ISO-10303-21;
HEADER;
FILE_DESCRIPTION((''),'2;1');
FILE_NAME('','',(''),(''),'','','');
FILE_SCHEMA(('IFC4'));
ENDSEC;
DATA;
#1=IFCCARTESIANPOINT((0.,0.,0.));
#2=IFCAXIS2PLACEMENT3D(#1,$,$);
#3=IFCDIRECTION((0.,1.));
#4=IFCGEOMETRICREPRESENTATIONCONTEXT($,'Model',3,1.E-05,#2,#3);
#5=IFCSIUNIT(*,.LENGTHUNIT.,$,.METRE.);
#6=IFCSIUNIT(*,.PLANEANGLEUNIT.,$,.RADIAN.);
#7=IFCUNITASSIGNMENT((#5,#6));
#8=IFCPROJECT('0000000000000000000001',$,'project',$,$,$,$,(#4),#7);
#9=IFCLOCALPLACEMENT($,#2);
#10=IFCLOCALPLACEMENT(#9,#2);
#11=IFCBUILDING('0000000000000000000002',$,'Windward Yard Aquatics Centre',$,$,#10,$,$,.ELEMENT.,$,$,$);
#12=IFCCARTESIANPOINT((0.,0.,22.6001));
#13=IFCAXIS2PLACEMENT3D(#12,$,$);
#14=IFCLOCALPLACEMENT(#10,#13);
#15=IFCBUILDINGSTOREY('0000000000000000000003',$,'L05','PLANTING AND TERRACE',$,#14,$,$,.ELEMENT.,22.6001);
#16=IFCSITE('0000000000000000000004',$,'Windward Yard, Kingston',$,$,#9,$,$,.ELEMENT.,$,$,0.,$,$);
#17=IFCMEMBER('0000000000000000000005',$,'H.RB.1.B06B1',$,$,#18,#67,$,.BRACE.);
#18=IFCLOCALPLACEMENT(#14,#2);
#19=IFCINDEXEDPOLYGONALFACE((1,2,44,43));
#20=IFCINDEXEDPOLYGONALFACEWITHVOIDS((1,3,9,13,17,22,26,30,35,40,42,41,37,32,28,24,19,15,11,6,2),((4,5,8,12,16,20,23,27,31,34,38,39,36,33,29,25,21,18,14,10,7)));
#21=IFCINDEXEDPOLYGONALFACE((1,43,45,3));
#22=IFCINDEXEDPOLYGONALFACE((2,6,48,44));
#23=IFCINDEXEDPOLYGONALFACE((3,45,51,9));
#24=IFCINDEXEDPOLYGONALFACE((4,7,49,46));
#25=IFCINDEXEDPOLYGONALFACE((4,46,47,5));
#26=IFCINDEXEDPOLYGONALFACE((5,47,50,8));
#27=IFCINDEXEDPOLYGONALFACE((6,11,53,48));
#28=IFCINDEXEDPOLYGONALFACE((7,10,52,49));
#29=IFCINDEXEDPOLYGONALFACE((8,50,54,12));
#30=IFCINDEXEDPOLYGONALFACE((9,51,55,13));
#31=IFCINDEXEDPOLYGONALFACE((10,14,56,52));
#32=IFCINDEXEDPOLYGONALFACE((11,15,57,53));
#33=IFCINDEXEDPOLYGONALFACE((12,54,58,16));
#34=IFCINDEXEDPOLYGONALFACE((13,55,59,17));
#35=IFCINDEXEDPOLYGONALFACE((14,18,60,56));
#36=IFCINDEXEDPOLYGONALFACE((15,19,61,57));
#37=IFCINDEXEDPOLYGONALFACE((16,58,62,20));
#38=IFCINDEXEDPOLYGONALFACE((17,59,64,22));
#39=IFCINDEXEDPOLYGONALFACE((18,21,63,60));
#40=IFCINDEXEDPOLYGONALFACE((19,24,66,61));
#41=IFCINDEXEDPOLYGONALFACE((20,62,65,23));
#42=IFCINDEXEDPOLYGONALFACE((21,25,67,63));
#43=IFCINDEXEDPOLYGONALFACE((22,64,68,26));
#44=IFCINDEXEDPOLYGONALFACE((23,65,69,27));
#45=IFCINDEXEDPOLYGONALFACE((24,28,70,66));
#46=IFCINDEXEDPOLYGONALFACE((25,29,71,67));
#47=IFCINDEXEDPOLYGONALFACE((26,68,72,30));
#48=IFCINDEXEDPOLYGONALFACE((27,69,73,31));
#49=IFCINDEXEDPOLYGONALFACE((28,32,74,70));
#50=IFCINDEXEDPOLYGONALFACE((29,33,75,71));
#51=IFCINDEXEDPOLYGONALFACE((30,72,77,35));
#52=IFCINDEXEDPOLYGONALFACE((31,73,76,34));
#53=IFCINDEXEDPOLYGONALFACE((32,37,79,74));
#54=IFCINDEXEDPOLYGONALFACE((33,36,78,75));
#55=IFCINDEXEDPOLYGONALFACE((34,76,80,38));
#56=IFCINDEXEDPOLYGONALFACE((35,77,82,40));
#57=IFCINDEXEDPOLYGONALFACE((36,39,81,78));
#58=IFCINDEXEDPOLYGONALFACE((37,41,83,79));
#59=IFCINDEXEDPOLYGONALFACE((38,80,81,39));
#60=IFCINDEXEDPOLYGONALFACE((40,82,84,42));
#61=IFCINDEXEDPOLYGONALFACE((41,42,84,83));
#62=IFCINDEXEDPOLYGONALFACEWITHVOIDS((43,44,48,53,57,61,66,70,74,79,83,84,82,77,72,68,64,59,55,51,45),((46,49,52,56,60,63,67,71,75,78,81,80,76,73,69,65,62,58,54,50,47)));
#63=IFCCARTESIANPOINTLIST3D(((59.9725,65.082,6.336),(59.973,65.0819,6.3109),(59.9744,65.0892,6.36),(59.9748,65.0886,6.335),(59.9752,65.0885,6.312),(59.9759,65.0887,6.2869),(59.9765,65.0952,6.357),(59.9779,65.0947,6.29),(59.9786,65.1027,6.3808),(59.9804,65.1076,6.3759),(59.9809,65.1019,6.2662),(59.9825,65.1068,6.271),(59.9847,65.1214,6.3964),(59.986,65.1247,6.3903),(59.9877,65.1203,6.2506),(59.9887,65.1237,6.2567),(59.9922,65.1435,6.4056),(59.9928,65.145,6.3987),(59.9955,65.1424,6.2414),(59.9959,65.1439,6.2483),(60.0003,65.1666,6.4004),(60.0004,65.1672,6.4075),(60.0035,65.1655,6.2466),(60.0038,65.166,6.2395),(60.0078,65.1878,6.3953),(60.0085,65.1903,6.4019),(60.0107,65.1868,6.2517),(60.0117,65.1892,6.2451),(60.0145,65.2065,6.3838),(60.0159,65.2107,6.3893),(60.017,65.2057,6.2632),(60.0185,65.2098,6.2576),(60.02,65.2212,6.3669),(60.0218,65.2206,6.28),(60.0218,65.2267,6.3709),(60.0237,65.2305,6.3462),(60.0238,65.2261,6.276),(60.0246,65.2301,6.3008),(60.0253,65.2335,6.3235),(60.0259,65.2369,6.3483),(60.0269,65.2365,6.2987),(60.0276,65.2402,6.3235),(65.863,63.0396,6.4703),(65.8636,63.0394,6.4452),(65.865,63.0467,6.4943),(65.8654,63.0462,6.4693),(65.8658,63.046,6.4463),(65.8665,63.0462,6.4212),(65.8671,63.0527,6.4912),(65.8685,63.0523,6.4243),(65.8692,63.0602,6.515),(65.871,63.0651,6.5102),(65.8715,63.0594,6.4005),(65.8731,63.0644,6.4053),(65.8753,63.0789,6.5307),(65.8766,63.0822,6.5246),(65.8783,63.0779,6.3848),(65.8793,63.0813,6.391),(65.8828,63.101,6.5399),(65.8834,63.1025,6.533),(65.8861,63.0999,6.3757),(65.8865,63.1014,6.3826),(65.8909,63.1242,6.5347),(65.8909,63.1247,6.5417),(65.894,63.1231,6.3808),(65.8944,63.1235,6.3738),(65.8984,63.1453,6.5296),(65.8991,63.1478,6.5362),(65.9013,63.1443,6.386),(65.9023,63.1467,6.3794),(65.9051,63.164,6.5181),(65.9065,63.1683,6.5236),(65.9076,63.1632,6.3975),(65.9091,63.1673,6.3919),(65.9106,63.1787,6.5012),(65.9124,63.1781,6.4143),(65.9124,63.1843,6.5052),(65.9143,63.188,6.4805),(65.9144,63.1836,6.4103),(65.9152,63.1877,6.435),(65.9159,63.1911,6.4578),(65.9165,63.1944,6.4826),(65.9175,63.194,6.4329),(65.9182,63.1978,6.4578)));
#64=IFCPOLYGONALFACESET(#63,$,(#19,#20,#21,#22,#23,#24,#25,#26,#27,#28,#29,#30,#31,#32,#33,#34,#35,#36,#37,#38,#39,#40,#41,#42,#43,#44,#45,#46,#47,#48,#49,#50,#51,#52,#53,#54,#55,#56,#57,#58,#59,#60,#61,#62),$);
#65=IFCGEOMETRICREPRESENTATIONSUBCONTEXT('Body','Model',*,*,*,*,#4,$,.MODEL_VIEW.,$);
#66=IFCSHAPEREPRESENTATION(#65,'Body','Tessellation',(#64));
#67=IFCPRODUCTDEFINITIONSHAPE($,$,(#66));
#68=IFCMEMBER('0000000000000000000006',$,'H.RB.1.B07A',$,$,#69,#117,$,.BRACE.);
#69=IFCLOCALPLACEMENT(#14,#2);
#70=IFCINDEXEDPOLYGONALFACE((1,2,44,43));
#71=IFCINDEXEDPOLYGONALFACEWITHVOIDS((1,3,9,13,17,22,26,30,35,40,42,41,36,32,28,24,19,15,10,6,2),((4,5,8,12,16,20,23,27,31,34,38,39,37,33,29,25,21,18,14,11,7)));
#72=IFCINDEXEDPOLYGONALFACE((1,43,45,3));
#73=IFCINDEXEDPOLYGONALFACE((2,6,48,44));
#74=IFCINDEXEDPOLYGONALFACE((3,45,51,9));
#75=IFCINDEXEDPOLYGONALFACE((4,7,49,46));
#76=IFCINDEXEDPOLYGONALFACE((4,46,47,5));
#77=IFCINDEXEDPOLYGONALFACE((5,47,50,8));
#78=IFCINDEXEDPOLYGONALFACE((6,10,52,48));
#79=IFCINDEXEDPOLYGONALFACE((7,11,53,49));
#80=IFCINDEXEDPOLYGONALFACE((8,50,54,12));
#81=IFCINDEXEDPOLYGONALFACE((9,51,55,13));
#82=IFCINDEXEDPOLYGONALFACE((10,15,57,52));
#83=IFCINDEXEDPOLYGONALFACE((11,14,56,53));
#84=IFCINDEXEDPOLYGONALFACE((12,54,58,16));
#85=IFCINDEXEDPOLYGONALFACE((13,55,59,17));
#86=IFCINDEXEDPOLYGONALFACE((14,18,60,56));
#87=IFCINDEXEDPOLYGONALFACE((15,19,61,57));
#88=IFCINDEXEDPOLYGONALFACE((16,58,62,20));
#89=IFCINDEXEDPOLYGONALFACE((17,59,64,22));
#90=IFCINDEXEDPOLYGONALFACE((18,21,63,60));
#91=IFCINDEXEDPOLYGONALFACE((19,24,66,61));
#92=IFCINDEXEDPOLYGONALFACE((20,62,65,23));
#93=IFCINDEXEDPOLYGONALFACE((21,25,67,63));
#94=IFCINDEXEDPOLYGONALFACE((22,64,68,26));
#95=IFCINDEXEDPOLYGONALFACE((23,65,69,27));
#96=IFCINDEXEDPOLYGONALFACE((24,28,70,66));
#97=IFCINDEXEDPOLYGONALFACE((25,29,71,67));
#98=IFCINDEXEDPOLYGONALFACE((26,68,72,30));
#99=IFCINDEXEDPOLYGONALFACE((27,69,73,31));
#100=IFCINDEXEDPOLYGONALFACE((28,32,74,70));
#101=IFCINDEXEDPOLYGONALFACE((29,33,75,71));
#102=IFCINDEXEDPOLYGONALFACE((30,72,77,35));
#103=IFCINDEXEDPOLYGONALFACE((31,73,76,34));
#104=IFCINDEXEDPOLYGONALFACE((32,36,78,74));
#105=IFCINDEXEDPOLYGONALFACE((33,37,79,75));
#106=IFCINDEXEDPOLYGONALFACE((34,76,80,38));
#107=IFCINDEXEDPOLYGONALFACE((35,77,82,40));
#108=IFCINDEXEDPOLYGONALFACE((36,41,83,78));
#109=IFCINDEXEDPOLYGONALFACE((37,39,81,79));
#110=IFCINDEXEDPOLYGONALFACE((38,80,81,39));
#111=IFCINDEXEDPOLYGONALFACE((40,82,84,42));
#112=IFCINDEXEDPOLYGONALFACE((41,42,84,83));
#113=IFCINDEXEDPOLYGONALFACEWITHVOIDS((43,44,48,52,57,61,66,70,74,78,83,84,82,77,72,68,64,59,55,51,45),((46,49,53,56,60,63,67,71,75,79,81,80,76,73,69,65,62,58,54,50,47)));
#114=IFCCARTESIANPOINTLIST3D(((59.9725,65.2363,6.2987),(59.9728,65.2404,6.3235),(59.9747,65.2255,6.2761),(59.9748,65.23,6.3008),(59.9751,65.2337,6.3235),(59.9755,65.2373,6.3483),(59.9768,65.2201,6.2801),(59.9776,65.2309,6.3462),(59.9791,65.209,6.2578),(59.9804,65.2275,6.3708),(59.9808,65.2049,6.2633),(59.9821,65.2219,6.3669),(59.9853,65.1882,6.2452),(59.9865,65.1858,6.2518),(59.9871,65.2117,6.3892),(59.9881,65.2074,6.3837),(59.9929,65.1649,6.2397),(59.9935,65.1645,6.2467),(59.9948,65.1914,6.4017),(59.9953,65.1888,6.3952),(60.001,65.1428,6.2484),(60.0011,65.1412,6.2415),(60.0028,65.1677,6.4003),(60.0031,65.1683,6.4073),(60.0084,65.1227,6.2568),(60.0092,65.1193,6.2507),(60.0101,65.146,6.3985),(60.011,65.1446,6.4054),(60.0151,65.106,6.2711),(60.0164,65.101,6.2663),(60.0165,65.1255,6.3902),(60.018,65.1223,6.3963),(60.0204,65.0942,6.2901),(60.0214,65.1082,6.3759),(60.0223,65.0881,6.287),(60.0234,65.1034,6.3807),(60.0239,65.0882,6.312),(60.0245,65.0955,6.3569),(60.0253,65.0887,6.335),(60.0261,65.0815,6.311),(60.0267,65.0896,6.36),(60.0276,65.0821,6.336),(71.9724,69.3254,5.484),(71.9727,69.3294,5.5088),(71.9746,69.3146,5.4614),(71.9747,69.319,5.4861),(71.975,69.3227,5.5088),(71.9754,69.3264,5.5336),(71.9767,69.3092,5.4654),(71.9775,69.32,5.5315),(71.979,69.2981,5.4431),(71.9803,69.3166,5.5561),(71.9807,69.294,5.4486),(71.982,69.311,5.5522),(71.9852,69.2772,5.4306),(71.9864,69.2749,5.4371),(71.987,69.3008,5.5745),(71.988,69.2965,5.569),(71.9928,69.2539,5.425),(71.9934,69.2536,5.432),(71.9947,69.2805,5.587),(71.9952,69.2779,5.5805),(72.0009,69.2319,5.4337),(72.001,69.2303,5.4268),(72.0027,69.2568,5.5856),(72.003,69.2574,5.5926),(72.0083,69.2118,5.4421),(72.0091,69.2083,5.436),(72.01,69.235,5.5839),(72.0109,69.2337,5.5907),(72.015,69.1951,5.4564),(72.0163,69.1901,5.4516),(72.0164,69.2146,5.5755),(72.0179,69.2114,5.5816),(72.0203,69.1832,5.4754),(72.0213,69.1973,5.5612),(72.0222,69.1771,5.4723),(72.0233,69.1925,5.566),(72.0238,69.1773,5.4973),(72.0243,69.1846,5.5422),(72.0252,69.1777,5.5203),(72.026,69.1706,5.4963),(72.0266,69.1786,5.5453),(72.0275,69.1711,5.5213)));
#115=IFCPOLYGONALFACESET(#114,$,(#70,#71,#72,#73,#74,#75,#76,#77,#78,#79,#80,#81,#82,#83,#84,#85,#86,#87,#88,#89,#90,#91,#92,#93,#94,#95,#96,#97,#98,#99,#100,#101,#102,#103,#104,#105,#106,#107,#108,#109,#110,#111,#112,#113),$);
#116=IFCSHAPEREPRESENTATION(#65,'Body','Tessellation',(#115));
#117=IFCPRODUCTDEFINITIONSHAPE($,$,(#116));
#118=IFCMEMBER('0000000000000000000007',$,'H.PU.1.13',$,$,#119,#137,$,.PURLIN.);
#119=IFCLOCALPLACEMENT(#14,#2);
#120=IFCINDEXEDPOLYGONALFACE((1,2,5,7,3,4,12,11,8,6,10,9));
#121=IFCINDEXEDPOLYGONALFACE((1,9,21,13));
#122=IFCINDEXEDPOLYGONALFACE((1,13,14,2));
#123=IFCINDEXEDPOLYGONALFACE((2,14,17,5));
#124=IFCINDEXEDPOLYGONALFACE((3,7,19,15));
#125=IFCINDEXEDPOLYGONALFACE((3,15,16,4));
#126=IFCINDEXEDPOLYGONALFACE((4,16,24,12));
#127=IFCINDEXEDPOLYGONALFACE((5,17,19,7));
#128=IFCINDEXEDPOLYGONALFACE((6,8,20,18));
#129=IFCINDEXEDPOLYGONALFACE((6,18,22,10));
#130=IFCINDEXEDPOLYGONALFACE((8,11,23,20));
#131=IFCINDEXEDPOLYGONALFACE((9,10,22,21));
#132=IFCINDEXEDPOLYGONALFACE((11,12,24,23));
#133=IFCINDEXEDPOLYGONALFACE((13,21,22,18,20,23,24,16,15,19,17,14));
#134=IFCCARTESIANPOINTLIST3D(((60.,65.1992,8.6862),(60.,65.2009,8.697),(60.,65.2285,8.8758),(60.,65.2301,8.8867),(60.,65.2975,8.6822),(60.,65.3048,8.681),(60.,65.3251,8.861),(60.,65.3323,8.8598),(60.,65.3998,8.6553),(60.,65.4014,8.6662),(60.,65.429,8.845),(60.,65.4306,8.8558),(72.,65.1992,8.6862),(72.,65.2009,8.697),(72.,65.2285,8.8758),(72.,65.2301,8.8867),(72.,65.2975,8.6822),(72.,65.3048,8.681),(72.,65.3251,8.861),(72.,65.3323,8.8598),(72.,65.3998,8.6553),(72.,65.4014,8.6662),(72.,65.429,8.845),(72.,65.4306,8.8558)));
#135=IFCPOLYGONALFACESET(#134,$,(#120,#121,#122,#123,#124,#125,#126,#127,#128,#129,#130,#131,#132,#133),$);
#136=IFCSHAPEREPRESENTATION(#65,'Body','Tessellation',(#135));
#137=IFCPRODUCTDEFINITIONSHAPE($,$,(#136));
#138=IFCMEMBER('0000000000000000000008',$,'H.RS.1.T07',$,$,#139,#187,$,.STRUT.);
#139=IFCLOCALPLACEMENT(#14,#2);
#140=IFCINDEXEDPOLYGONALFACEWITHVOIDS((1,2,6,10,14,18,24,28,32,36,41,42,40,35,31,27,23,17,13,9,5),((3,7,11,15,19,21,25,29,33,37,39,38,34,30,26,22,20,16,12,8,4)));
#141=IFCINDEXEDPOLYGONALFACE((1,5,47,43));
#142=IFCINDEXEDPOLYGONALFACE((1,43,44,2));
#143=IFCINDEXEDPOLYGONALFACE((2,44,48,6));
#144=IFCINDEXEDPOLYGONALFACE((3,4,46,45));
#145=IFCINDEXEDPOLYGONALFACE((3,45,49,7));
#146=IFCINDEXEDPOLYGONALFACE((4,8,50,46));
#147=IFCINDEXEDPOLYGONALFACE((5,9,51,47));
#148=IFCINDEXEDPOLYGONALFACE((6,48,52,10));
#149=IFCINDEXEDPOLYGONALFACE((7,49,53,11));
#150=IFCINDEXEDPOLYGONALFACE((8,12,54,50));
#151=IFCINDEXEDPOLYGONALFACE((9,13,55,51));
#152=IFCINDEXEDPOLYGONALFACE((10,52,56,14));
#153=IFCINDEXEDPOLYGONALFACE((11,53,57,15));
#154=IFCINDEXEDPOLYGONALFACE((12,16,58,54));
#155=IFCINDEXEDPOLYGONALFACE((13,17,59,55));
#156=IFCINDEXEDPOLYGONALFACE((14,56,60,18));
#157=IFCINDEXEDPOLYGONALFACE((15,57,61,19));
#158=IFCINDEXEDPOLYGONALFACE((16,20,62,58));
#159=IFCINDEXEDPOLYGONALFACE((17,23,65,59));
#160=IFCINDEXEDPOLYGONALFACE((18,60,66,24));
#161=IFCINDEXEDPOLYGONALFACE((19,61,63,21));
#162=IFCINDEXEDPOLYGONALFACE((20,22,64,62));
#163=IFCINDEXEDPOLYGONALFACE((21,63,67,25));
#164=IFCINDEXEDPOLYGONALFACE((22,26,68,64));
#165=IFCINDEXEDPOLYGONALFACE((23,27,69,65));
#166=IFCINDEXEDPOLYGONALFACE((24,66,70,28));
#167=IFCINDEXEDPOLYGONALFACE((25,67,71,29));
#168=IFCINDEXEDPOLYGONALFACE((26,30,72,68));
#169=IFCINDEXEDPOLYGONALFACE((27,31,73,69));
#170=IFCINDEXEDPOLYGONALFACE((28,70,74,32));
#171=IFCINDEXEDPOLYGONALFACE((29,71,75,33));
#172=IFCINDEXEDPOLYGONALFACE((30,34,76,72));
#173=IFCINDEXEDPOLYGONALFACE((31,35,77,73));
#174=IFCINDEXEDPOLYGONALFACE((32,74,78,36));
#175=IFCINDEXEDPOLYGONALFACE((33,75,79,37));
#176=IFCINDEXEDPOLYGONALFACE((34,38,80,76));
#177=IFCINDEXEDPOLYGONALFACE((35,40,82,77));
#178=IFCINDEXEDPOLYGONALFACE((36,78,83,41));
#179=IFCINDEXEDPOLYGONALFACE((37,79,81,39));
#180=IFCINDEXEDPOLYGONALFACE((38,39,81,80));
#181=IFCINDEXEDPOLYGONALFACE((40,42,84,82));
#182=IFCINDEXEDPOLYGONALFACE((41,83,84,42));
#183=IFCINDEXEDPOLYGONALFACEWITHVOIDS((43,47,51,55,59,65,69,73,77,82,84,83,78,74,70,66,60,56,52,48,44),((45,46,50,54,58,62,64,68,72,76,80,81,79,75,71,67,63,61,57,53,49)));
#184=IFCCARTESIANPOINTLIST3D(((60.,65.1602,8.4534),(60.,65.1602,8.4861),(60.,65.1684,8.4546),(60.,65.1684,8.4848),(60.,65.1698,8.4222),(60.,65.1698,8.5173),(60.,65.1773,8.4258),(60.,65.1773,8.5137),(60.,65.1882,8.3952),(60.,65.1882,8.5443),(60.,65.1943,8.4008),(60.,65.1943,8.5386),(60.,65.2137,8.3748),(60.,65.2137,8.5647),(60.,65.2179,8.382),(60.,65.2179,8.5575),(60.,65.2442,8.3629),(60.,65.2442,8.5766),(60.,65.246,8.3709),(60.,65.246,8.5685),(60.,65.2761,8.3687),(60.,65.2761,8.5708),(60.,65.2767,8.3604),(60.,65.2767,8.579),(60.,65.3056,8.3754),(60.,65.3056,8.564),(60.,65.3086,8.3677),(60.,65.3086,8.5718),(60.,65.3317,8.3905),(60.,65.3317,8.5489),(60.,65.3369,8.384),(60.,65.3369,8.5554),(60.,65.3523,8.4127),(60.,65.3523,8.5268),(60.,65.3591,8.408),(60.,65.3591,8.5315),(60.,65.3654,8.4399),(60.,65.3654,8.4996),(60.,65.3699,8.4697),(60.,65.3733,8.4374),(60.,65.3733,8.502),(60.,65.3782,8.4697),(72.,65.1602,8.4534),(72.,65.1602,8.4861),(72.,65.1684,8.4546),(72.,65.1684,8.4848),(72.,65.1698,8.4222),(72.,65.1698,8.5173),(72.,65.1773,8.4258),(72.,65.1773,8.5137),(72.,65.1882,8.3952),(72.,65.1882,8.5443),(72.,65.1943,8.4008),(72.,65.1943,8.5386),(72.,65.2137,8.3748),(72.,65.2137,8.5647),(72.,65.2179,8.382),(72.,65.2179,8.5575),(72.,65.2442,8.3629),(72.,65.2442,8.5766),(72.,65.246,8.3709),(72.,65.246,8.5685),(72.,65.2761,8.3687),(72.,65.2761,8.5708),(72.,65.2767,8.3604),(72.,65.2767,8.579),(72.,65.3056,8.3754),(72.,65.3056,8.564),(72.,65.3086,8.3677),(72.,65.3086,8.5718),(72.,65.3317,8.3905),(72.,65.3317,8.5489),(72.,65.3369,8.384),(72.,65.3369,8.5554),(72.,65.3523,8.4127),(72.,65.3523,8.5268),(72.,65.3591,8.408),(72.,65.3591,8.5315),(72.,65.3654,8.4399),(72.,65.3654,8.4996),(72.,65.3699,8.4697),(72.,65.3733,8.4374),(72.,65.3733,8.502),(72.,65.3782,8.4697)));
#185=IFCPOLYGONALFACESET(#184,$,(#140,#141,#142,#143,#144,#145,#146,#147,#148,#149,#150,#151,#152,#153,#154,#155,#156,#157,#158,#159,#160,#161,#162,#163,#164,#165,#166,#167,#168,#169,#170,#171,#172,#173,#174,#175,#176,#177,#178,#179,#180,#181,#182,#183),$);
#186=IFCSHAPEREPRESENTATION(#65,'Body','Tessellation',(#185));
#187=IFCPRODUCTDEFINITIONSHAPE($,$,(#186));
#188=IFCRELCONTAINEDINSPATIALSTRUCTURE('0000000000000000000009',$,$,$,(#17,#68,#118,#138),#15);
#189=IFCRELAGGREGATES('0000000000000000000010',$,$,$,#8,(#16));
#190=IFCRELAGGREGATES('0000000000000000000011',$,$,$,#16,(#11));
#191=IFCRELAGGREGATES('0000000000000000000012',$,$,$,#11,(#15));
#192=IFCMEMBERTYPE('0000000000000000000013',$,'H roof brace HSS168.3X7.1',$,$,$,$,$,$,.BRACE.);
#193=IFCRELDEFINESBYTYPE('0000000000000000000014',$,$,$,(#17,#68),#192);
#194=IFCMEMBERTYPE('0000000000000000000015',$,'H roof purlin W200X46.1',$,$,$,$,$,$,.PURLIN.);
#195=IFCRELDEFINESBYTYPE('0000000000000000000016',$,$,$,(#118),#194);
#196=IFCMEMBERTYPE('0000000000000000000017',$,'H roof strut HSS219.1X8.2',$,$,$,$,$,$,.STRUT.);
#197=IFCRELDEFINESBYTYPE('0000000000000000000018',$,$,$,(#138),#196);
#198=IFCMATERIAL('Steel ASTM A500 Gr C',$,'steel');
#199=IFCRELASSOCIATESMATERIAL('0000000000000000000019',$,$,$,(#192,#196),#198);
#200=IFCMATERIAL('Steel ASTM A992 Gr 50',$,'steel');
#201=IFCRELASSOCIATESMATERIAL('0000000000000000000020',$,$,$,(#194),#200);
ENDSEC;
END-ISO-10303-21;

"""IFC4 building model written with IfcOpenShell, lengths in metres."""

from ifc_helpers import new_model, si_unit, direction, frame, origin, origin_2d, place, context, subcontext, project, spatial, hollow_circle, i_section, extrude, material, material_profile, profile_set, type_object, element, save


model = new_model("IFC4")

# Units and contexts
model_context = context("Model", 3, precision=1e-05, world=origin(), true_north=direction((0.0, 1.0)))
body_context = subcontext(model_context, "Body", "Model", "MODEL_VIEW")
ifc_project = project(units=[si_unit("LENGTHUNIT", "METRE"), si_unit("PLANEANGLEUNIT", "RADIAN")], contexts=[model_context])

# Site, building, storey
site_placement = place(None, origin())
site = spatial("IfcSite", under=ifc_project, at=site_placement, Name="Windward Yard, Kingston", CompositionType="ELEMENT", RefElevation=0.0)
building_placement = place(site_placement, origin())
building = spatial("IfcBuilding", under=site, at=building_placement, Name="Windward Yard Aquatics Centre", CompositionType="ELEMENT")
storey_placement = place(building_placement, frame((0.0, 0.0, 22.6001)))
storey = spatial("IfcBuildingStorey", under=building, at=storey_placement, Name="L05", Description="PLANTING AND TERRACE", CompositionType="ELEMENT", Elevation=22.6001)

# Members
ifc_material_1 = material(Name="Steel ASTM A500 Gr C", Category="steel")
ifc_material_profile_1 = material_profile(ifc_material_1, hollow_circle(Radius=0.0842, WallThickness=0.0071, at=origin_2d()), Name="HSS168.3X7.1")
ifc_profile_set_1 = profile_set([ifc_material_profile_1], Name="Steel ASTM A500 Gr C")
member_type_1 = type_object("IfcMemberType", Name="H roof brace HSS168.3X7.1", PredefinedType="BRACE", material=ifc_profile_set_1)
member_1_placement = place(storey_placement, frame((60.0, 65.1606, 6.3235), z_axis=(0.944597, -0.327524, 0.021532), x_axis=(0.3276, 0.944816, 0.0)))
element("IfcMember", 1, at=member_1_placement, inside=storey, type_object=member_type_1, Name="H.RB.1.B06B1", PredefinedType="BRACE", context=body_context, shape_type="SweptSolid", body=[
    extrude(hollow_circle(Radius=0.0842, WallThickness=0.0071, at=origin_2d()), origin(), (0.0, 0.0, 1.0), 6.2361),
])
member_2_placement = place(storey_placement, frame((60.0, 65.1606, 6.3235), z_axis=(0.944605, 0.321883, -0.064131), x_axis=(-0.322547, 0.946553, 0.0)))
element("IfcMember", 2, at=member_2_placement, inside=storey, type_object=member_type_1, Name="H.RB.1.B07A", PredefinedType="BRACE", context=body_context, shape_type="SweptSolid", body=[
    extrude(hollow_circle(Radius=0.0842, WallThickness=0.0071, at=origin_2d()), origin(), (0.0, 0.0, 1.0), 12.7036),
])
ifc_material_2 = material(Name="Steel ASTM A992 Gr 50", Category="steel")
ifc_material_profile_2 = material_profile(ifc_material_2, i_section(OverallWidth=0.2029, OverallDepth=0.2029, WebThickness=0.0073, FlangeThickness=0.011, at=origin_2d()), Name="W200X46.1")
ifc_profile_set_2 = profile_set([ifc_material_profile_2], Name="Steel ASTM A992 Gr 50")
member_type_2 = type_object("IfcMemberType", Name="H roof purlin W200X46.1", PredefinedType="PURLIN", material=ifc_profile_set_2)
member_3_placement = place(storey_placement, frame((60.0, 65.3149, 8.771), z_axis=(1.0, 0.0, 0.0), x_axis=(0.0, 0.98834, -0.152262)))
element("IfcMember", 3, at=member_3_placement, inside=storey, type_object=member_type_2, Name="H.PU.1.13", PredefinedType="PURLIN", context=body_context, shape_type="SweptSolid", body=[
    extrude(i_section(OverallWidth=0.2029, OverallDepth=0.2029, WebThickness=0.0073, FlangeThickness=0.011, at=origin_2d()), origin(), (0.0, 0.0, 1.0), 12.0),
])
ifc_material_profile_3 = material_profile(ifc_material_1, hollow_circle(Radius=0.1096, WallThickness=0.0083, at=origin_2d()), Name="HSS219.1X8.2")
ifc_profile_set_3 = profile_set([ifc_material_profile_3], Name="Steel ASTM A500 Gr C")
member_type_3 = type_object("IfcMemberType", Name="H roof strut HSS219.1X8.2", PredefinedType="STRUT", material=ifc_profile_set_3)
for number, where, z_axis, x_axis, name in (
    (4, (60.0, 65.2686, 8.4697), (1.0, 0.0, 0.0), (0.0, 1.0, 0.0), "H.RS.1.T07"),
):
    element("IfcMember", number, at=place(storey_placement, frame(where, z_axis=z_axis, x_axis=x_axis)), inside=storey, type_object=member_type_3, Name=name, PredefinedType="STRUT", context=body_context, shape_type="SweptSolid", body=[
        extrude(hollow_circle(Radius=0.1096, WallThickness=0.0083, at=origin_2d()), origin(), (0.0, 0.0, 1.0), 12.0),
    ])

save(model, "model.ifc")
